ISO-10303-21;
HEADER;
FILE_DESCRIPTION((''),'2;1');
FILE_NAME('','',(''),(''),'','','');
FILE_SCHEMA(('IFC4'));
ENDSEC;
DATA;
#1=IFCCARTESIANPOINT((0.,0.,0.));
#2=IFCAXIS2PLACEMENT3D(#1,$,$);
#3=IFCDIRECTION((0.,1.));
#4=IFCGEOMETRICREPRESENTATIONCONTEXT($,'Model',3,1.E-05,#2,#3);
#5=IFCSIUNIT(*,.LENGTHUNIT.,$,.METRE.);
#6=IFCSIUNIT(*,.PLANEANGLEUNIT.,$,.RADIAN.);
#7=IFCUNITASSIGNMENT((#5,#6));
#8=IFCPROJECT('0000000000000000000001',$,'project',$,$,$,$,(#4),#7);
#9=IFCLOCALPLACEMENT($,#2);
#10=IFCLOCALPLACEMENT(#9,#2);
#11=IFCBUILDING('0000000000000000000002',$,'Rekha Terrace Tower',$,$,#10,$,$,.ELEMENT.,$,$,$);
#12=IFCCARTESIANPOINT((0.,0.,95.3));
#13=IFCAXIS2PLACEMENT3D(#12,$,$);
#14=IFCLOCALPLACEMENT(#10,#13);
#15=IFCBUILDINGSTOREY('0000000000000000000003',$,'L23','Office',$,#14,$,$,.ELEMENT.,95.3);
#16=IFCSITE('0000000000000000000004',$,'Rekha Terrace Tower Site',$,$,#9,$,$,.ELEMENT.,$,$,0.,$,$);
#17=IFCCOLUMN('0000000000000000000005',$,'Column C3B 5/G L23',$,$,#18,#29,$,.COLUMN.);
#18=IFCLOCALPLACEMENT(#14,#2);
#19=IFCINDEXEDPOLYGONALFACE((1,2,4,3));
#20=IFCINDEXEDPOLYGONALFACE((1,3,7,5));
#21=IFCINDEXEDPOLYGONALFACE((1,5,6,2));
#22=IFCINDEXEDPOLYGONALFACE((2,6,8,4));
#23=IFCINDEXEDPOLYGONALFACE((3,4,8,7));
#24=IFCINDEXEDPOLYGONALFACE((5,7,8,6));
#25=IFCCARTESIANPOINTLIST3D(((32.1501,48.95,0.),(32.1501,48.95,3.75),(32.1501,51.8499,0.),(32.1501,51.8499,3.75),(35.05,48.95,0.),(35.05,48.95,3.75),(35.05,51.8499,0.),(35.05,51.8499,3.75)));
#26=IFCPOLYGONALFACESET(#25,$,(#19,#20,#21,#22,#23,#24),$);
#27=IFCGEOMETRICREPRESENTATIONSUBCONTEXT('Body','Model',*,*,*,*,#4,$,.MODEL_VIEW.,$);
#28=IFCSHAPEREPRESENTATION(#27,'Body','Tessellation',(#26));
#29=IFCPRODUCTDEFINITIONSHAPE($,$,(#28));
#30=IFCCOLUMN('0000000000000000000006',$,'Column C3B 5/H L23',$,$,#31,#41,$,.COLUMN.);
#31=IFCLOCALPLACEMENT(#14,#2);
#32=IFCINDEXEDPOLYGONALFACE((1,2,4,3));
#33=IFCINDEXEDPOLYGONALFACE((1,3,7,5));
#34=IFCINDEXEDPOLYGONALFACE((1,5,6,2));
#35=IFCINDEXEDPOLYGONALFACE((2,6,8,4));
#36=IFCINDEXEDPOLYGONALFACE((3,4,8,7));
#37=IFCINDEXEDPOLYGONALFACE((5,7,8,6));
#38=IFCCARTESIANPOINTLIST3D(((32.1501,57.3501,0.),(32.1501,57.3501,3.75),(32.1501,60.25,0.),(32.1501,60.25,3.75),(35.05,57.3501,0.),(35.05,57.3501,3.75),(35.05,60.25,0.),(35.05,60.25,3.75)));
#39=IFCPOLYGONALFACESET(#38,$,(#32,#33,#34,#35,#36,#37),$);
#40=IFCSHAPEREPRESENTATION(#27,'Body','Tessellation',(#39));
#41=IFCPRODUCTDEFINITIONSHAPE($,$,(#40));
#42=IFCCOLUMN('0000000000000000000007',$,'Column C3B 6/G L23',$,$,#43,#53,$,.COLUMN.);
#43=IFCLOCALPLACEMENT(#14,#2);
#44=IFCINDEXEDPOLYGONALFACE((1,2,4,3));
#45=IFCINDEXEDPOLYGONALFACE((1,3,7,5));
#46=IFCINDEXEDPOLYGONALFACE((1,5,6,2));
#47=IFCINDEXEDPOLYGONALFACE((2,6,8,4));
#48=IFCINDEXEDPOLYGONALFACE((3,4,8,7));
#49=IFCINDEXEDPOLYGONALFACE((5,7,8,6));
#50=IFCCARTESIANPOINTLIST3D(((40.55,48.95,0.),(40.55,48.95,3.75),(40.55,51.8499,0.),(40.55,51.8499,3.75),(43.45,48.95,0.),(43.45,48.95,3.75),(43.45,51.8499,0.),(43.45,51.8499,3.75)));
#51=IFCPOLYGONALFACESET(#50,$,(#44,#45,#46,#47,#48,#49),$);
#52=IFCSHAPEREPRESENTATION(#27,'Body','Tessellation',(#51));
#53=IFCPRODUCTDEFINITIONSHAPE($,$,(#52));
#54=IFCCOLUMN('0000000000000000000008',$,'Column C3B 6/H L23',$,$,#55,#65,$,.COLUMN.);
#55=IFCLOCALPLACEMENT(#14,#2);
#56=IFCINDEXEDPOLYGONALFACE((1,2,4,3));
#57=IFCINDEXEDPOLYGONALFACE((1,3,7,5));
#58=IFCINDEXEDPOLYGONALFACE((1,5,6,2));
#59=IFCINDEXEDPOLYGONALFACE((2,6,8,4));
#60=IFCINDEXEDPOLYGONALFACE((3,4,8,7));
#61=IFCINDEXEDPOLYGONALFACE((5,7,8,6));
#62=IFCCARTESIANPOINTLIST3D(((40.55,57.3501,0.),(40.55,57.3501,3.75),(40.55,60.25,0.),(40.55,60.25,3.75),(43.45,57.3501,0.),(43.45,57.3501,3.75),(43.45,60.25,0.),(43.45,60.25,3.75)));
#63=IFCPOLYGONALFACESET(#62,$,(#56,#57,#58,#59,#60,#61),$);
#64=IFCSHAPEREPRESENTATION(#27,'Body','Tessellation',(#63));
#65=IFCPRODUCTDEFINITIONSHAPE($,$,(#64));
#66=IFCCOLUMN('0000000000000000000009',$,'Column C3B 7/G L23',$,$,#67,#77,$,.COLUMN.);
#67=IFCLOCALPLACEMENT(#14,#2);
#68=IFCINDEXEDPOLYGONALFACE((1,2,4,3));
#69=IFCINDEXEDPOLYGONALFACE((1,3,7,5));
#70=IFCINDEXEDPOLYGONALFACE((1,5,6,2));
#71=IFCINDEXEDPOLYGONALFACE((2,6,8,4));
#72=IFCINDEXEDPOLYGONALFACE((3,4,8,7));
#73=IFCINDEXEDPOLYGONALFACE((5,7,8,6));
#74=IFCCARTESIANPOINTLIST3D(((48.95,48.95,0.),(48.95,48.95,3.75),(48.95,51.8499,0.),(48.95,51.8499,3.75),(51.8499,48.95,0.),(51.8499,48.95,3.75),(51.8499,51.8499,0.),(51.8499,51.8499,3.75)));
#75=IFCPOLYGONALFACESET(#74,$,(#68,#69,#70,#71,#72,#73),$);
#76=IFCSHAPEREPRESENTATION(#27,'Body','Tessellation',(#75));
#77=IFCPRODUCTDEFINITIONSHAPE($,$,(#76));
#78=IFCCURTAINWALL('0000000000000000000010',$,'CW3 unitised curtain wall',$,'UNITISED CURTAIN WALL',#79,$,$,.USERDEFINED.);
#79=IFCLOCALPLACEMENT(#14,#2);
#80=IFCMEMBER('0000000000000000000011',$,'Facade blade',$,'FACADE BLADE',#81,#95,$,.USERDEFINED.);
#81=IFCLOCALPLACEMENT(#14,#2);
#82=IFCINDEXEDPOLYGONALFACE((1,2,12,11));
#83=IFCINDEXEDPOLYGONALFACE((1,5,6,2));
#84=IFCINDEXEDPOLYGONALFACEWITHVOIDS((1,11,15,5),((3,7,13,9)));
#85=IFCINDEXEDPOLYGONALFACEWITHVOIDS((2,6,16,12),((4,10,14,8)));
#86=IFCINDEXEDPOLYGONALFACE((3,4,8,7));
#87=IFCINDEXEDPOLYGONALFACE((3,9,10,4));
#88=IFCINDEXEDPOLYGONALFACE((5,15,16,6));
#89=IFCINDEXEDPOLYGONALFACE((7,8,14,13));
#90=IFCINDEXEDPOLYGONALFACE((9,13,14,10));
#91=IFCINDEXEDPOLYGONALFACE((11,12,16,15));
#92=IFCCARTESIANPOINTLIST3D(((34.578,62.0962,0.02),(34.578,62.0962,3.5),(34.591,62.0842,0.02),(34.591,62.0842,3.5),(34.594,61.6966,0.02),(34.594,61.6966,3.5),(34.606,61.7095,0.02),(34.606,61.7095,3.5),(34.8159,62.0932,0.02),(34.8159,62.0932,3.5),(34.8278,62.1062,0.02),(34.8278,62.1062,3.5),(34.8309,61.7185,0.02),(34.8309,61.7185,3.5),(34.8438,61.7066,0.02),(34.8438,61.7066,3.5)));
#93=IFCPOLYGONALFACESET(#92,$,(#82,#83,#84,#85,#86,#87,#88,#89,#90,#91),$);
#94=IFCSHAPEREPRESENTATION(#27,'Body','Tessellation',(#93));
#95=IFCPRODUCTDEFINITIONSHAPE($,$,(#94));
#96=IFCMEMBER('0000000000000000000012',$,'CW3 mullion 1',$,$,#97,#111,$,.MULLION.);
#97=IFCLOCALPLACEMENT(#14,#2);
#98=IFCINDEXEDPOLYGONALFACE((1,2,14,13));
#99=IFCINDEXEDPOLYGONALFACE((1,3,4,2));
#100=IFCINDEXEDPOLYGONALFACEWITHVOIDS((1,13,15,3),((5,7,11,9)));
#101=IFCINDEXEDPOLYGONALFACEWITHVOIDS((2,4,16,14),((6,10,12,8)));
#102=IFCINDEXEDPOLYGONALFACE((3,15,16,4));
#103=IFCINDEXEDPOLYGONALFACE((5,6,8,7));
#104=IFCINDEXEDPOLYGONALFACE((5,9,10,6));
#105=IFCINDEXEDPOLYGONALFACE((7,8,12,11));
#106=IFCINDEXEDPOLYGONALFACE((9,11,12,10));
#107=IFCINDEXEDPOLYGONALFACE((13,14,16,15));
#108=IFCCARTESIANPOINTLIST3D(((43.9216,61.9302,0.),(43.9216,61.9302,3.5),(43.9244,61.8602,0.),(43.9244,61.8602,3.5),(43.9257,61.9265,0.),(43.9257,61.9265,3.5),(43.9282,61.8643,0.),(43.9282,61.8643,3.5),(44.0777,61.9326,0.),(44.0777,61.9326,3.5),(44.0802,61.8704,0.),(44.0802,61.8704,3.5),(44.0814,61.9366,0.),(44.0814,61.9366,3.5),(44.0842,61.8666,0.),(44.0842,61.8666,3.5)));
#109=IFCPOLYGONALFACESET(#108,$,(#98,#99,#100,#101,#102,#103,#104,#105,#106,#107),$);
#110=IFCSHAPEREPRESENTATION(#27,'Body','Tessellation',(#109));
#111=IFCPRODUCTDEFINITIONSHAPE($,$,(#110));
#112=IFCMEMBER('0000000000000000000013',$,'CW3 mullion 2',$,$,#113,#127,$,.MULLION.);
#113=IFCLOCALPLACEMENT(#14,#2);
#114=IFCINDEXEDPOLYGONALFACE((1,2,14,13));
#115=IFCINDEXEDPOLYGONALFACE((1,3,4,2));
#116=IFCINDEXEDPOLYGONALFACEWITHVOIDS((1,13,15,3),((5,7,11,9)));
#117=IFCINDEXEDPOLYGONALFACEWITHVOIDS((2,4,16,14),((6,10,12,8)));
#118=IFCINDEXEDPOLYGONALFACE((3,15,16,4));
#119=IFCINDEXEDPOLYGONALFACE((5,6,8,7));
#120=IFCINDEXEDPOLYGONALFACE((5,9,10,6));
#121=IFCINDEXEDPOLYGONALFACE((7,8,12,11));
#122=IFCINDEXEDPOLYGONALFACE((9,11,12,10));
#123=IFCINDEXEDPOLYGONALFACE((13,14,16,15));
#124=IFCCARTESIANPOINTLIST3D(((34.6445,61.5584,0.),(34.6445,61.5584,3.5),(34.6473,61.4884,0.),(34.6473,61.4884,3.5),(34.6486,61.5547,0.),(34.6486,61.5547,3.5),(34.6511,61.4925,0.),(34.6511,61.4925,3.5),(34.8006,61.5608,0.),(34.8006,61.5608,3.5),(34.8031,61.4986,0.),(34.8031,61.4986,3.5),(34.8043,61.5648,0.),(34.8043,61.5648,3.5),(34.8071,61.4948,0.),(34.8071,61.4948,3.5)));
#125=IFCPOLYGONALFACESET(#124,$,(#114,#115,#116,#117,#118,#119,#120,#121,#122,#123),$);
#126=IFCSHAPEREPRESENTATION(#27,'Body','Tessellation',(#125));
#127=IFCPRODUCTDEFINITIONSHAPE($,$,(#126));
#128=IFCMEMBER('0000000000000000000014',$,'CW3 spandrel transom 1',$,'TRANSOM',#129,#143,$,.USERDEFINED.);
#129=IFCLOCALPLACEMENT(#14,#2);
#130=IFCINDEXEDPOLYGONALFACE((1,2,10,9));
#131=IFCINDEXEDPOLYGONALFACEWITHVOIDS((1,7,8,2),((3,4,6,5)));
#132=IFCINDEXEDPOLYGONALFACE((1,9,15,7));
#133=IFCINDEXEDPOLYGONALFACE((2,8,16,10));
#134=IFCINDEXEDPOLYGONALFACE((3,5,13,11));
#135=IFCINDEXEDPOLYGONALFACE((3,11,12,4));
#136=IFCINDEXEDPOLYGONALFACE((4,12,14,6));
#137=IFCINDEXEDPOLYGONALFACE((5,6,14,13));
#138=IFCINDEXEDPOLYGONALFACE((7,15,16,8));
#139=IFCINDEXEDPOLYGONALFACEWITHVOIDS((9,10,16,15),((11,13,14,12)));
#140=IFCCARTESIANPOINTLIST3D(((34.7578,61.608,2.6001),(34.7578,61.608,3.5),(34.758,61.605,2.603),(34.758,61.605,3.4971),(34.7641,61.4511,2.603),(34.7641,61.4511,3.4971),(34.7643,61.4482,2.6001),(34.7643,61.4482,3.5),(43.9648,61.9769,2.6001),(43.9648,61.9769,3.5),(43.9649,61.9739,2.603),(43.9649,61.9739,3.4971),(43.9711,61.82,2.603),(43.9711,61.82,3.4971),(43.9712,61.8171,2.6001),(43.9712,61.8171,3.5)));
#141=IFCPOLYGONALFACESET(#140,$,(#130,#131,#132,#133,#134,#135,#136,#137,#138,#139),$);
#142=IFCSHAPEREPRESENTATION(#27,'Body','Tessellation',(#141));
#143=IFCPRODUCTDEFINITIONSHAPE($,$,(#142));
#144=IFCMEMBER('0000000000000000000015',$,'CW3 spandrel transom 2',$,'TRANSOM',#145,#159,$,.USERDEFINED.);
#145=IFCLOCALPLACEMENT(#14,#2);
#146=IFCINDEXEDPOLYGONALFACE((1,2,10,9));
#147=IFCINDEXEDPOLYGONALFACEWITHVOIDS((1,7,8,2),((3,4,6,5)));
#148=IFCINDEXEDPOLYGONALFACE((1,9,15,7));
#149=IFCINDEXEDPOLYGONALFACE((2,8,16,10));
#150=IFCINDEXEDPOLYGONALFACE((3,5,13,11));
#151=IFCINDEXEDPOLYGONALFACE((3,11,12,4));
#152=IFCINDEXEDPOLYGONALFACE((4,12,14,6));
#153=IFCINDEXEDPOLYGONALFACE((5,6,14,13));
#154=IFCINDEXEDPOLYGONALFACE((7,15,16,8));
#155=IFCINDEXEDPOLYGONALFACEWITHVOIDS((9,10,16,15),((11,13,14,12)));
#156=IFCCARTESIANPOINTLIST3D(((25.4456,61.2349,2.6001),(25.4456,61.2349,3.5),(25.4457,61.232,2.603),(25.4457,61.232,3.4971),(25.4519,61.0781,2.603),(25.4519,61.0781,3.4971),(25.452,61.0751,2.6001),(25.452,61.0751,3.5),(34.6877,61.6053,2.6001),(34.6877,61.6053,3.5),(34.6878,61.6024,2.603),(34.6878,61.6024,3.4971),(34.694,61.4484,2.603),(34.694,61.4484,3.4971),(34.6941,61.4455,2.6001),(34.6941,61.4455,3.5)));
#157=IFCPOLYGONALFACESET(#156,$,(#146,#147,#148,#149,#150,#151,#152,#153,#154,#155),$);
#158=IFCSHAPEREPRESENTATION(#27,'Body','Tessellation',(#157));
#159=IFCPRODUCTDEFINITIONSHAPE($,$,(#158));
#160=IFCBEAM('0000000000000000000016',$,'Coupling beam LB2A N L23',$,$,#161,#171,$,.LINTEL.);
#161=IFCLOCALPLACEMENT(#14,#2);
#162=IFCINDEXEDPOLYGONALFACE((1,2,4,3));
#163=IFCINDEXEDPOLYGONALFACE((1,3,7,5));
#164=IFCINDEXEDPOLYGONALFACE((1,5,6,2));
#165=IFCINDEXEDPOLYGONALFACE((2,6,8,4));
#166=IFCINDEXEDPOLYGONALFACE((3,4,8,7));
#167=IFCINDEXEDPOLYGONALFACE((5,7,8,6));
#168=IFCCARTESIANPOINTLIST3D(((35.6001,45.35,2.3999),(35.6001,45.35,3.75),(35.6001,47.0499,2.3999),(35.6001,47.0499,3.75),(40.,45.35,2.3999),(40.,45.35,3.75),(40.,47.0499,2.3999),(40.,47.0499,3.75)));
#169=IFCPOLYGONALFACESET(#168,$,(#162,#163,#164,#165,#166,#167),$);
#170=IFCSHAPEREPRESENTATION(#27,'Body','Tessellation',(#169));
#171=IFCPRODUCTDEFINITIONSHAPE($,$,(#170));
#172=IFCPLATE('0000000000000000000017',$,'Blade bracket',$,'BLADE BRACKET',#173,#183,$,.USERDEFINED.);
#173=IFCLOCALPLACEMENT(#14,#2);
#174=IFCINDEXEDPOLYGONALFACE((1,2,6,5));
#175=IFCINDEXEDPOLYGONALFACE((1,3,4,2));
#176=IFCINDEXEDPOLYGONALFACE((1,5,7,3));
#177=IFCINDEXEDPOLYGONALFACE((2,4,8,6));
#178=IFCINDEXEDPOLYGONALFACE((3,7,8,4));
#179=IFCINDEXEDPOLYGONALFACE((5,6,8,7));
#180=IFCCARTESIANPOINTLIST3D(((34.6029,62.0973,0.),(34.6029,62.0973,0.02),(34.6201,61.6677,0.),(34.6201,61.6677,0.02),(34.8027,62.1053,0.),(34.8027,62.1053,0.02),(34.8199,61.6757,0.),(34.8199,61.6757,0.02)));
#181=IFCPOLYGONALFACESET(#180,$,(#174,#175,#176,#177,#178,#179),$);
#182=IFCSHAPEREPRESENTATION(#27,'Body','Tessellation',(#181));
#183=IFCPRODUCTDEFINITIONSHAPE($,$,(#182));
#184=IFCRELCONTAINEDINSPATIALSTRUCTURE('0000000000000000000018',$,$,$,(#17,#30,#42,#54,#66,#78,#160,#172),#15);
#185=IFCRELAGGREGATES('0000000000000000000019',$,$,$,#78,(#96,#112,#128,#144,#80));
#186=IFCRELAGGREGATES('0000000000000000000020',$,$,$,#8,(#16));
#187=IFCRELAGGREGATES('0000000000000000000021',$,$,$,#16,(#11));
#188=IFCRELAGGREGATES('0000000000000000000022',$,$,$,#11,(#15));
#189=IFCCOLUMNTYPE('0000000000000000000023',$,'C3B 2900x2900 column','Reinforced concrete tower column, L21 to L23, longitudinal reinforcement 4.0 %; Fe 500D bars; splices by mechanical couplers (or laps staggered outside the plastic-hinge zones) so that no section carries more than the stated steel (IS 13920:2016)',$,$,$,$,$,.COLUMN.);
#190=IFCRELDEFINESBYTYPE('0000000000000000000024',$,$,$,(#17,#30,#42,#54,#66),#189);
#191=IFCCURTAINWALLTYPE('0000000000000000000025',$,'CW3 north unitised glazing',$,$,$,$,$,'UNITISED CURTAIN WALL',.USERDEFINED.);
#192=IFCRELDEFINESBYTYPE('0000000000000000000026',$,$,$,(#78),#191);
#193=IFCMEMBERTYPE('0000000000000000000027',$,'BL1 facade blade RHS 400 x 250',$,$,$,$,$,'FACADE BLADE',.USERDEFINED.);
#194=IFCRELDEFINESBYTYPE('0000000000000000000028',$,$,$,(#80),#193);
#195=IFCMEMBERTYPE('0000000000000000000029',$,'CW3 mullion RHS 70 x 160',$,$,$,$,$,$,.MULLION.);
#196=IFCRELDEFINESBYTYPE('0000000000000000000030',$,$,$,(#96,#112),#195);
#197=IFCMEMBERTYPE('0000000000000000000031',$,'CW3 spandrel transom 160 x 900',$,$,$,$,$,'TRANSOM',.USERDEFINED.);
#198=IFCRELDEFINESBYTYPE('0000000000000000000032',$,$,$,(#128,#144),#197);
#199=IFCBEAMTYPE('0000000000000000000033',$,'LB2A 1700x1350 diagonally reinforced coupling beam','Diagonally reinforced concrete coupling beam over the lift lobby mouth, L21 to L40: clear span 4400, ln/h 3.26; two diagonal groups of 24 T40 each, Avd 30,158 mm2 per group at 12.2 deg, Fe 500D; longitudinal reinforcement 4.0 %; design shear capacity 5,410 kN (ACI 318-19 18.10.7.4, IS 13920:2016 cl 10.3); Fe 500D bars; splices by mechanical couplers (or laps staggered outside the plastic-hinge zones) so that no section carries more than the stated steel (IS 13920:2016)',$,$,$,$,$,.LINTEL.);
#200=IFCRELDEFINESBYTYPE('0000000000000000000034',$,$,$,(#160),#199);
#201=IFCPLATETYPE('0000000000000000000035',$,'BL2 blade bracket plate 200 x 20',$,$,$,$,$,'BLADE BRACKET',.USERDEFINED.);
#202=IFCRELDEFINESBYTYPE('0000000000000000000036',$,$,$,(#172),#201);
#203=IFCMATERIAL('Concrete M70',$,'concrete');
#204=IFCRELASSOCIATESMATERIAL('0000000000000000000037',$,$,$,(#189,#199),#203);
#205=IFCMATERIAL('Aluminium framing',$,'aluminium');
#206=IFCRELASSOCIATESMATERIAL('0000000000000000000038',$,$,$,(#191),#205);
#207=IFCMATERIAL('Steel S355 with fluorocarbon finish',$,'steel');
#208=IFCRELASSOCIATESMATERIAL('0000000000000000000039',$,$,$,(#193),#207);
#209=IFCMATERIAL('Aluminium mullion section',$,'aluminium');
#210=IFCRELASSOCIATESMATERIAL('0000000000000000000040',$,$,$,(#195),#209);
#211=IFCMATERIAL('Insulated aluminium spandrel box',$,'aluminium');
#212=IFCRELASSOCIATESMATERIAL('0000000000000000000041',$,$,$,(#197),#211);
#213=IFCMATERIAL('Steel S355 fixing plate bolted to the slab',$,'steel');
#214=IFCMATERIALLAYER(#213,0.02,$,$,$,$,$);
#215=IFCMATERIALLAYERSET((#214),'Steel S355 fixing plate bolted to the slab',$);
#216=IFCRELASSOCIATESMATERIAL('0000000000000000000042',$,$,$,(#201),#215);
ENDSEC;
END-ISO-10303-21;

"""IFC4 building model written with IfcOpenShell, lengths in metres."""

from ifc_helpers import new_model, si_unit, direction, frame, origin, origin_2d, place, context, subcontext, project, spatial, rectangle, hollow_rectangle, extrude, material, layer, layer_set, material_profile, profile_set, type_object, element, aggregate, save


model = new_model("IFC4")

# Units and contexts
model_context = context("Model", 3, precision=1e-05, world=origin(), true_north=direction((0.0, 1.0)))
body_context = subcontext(model_context, "Body", "Model", "MODEL_VIEW")
ifc_project = project(units=[si_unit("LENGTHUNIT", "METRE"), si_unit("PLANEANGLEUNIT", "RADIAN")], contexts=[model_context])

# Site, building, storey
site_placement = place(None, origin())
site = spatial("IfcSite", under=ifc_project, at=site_placement, Name="Rekha Terrace Tower Site", CompositionType="ELEMENT", RefElevation=0.0)
building_placement = place(site_placement, origin())
building = spatial("IfcBuilding", under=site, at=building_placement, Name="Rekha Terrace Tower", CompositionType="ELEMENT")
storey_placement = place(building_placement, frame((0.0, 0.0, 95.3)))
storey = spatial("IfcBuildingStorey", under=building, at=storey_placement, Name="L23", Description="Office", CompositionType="ELEMENT", Elevation=95.3)

# Columns
ifc_material_1 = material(Name="Concrete M70", Category="concrete")
ifc_material_profile_1 = material_profile(ifc_material_1, rectangle(XDim=2.8999, YDim=2.8999, at=origin_2d()), Name="RC 2900x2900")
ifc_profile_set_1 = profile_set([ifc_material_profile_1], Name="Concrete M70")
column_type = type_object("IfcColumnType", Name="C3B 2900x2900 column", Description="Reinforced concrete tower column, L21 to L23, longitudinal reinforcement 4.0 %; Fe 500D bars; splices by mechanical couplers (or laps staggered outside the plastic-hinge zones) so that no section carries more than the stated steel (IS 13920:2016)", PredefinedType="COLUMN", material=ifc_profile_set_1)
for number, where, z_axis, x_axis, name in (
    (1, (33.6001, 50.3999, 0.0), (0.0, 0.0, 1.0), (1.0, 0.0, 0.0), "Column C3B 5/G L23"),
    (2, (33.6001, 58.8, 0.0), (0.0, 0.0, 1.0), (1.0, 0.0, 0.0), "Column C3B 5/H L23"),
    (3, (42.0, 50.3999, 0.0), (0.0, 0.0, 1.0), (1.0, 0.0, 0.0), "Column C3B 6/G L23"),
    (4, (42.0, 58.8, 0.0), (0.0, 0.0, 1.0), (1.0, 0.0, 0.0), "Column C3B 6/H L23"),
    (5, (50.3999, 50.3999, 0.0), (0.0, 0.0, 1.0), (1.0, 0.0, 0.0), "Column C3B 7/G L23"),
):
    element("IfcColumn", number, at=place(storey_placement, frame(where, z_axis=z_axis, x_axis=x_axis)), inside=storey, type_object=column_type, Name=name, PredefinedType="COLUMN", context=body_context, shape_type="SweptSolid", body=[
        extrude(rectangle(XDim=2.8999, YDim=2.8999, at=origin_2d()), origin(), (0.0, 0.0, 1.0), 3.75),
    ])

# Curtain wall, members
ifc_material_2 = material(Name="Aluminium framing", Category="aluminium")
curtain_wall_type = type_object("IfcCurtainWallType", Name="CW3 north unitised glazing", ElementType="UNITISED CURTAIN WALL", PredefinedType="USERDEFINED", material=ifc_material_2)
curtain_wall_1_placement = place(storey_placement, origin())
curtain_wall_1 = element("IfcCurtainWall", 6, at=curtain_wall_1_placement, inside=storey, type_object=curtain_wall_type, Name="CW3 unitised curtain wall", ObjectType="UNITISED CURTAIN WALL", PredefinedType="USERDEFINED")
ifc_material_3 = material(Name="Steel S355 with fluorocarbon finish", Category="steel")
ifc_material_profile_2 = material_profile(ifc_material_3, hollow_rectangle(XDim=0.25, YDim=0.3999, WallThickness=0.0125, at=origin_2d()), Name="RHS400x250x12.5")
ifc_profile_set_2 = profile_set([ifc_material_profile_2], Name="Steel S355 with fluorocarbon finish")
member_type_1 = type_object("IfcMemberType", Name="BL1 facade blade RHS 400 x 250", ElementType="FACADE BLADE", PredefinedType="USERDEFINED", material=ifc_profile_set_2)
member_1_placement = place(storey_placement, frame((34.7109, 61.9014, 0.02), z_axis=(0.0, 0.0, 1.0), x_axis=(-0.999198, -0.040032, 0.0)))
member_1 = element("IfcMember", 7, at=member_1_placement, type_object=member_type_1, Name="Facade blade", ObjectType="FACADE BLADE", PredefinedType="USERDEFINED", context=body_context, shape_type="SweptSolid", body=[
    extrude(hollow_rectangle(XDim=0.25, YDim=0.3999, WallThickness=0.0125, at=origin_2d()), origin(), (0.0, 0.0, 1.0), 3.48),
])
ifc_material_4 = material(Name="Aluminium mullion section", Category="aluminium")
ifc_material_profile_3 = material_profile(ifc_material_4, hollow_rectangle(XDim=0.0701, YDim=0.1599, WallThickness=0.0039, at=origin_2d()), Name="AL RHS 70x160")
ifc_profile_set_3 = profile_set([ifc_material_profile_3], Name="Aluminium mullion section")
member_type_2 = type_object("IfcMemberType", Name="CW3 mullion RHS 70 x 160", PredefinedType="MULLION", material=ifc_profile_set_3)
member_2_placement = place(storey_placement, frame((44.0029, 61.8984, 0.0), z_axis=(0.0, 0.0, 1.0), x_axis=(0.040032, -0.999198, 0.0)))
member_2 = element("IfcMember", 8, at=member_2_placement, type_object=member_type_2, Name="CW3 mullion 1", PredefinedType="MULLION", context=body_context, shape_type="SweptSolid", body=[
    extrude(hollow_rectangle(XDim=0.0701, YDim=0.1599, WallThickness=0.0039, at=origin_2d()), origin(), (0.0, 0.0, 1.0), 3.5),
])
member_3_placement = place(storey_placement, frame((34.7258, 61.5266, 0.0), z_axis=(0.0, 0.0, 1.0), x_axis=(0.040032, -0.999198, 0.0)))
member_3 = element("IfcMember", 9, at=member_3_placement, type_object=member_type_2, Name="CW3 mullion 2", PredefinedType="MULLION", context=body_context, shape_type="SweptSolid", body=[
    extrude(hollow_rectangle(XDim=0.0701, YDim=0.1599, WallThickness=0.0039, at=origin_2d()), origin(), (0.0, 0.0, 1.0), 3.5),
])
ifc_material_5 = material(Name="Insulated aluminium spandrel box", Category="aluminium")
ifc_material_profile_4 = material_profile(ifc_material_5, hollow_rectangle(XDim=0.1599, YDim=0.8999, WallThickness=0.0029, at=origin_2d()), Name="AL SPANDREL BOX 160x900")
ifc_profile_set_4 = profile_set([ifc_material_profile_4], Name="Insulated aluminium spandrel box")
member_type_3 = type_object("IfcMemberType", Name="CW3 spandrel transom 160 x 900", ElementType="TRANSOM", PredefinedType="USERDEFINED", material=ifc_profile_set_4)
member_4_placement = place(storey_placement, frame((43.968, 61.897, 3.05), z_axis=(-0.999198, -0.040035, 0.0), x_axis=(0.040035, -0.999198, 0.0)))
member_4 = element("IfcMember", 10, at=member_4_placement, type_object=member_type_3, Name="CW3 spandrel transom 1", ObjectType="TRANSOM", PredefinedType="USERDEFINED", context=body_context, shape_type="SweptSolid", body=[
    extrude(hollow_rectangle(XDim=0.1599, YDim=0.8999, WallThickness=0.0029, at=origin_2d()), origin(), (0.0, 0.0, 1.0), 9.2144),
])
member_5_placement = place(storey_placement, frame((34.6909, 61.5254, 3.05), z_axis=(-0.999198, -0.040041, 0.0), x_axis=(0.040041, -0.999198, 0.0)))
member_5 = element("IfcMember", 11, at=member_5_placement, type_object=member_type_3, Name="CW3 spandrel transom 2", ObjectType="TRANSOM", PredefinedType="USERDEFINED", context=body_context, shape_type="SweptSolid", body=[
    extrude(hollow_rectangle(XDim=0.1599, YDim=0.8999, WallThickness=0.0029, at=origin_2d()), origin(), (0.0, 0.0, 1.0), 9.2495),
])

# Beam
ifc_material_profile_5 = material_profile(ifc_material_1, rectangle(XDim=1.7, YDim=1.3501, at=origin_2d()), Name="RC 1700x1350")
ifc_profile_set_5 = profile_set([ifc_material_profile_5], Name="Concrete M70")
beam_type = type_object("IfcBeamType", Name="LB2A 1700x1350 diagonally reinforced coupling beam", Description="Diagonally reinforced concrete coupling beam over the lift lobby mouth, L21 to L40: clear span 4400, ln/h 3.26; two diagonal groups of 24 T40 each, Avd 30,158 mm2 per group at 12.2 deg, Fe 500D; longitudinal reinforcement 4.0 %; design shear capacity 5,410 kN (ACI 318-19 18.10.7.4, IS 13920:2016 cl 10.3); Fe 500D bars; splices by mechanical couplers (or laps staggered outside the plastic-hinge zones) so that no section carries more than the stated steel (IS 13920:2016)", PredefinedType="LINTEL", material=ifc_profile_set_5)
beam_placement = place(storey_placement, frame((35.6001, 46.2, 3.075), z_axis=(1.0, 0.0, 0.0), x_axis=(0.0, 1.0, 0.0)))
element("IfcBeam", 12, at=beam_placement, inside=storey, type_object=beam_type, Name="Coupling beam LB2A N L23", PredefinedType="LINTEL", context=body_context, shape_type="SweptSolid", body=[
    extrude(rectangle(XDim=1.7, YDim=1.3501, at=origin_2d()), origin(), (0.0, 0.0, 1.0), 4.3999),
])

# Plate
ifc_material_6 = material(Name="Steel S355 fixing plate bolted to the slab", Category="steel")
ifc_layer_1 = layer(ifc_material_6, 0.02)
ifc_layer_set_1 = layer_set([ifc_layer_1], Name="Steel S355 fixing plate bolted to the slab")
plate_type_1 = type_object("IfcPlateType", Name="BL2 blade bracket plate 200 x 20", ElementType="BLADE BRACKET", PredefinedType="USERDEFINED", material=ifc_layer_set_1)
plate_1_placement = place(storey_placement, frame((34.7114, 61.8865, 0.0), z_axis=(0.0, 0.0, 1.0), x_axis=(-0.040032, 0.999198, 0.0)))
element("IfcPlate", 13, at=plate_1_placement, inside=storey, type_object=plate_type_1, Name="Blade bracket", ObjectType="BLADE BRACKET", PredefinedType="USERDEFINED", context=body_context, shape_type="SweptSolid", body=[
    extrude(rectangle(XDim=0.4299, YDim=0.2, at=origin_2d()), origin(), (0.0, 0.0, 1.0), 0.02),
])

aggregate(curtain_wall_1, [member_2, member_3, member_4, member_5, member_1])

save(model, "model.ifc")
